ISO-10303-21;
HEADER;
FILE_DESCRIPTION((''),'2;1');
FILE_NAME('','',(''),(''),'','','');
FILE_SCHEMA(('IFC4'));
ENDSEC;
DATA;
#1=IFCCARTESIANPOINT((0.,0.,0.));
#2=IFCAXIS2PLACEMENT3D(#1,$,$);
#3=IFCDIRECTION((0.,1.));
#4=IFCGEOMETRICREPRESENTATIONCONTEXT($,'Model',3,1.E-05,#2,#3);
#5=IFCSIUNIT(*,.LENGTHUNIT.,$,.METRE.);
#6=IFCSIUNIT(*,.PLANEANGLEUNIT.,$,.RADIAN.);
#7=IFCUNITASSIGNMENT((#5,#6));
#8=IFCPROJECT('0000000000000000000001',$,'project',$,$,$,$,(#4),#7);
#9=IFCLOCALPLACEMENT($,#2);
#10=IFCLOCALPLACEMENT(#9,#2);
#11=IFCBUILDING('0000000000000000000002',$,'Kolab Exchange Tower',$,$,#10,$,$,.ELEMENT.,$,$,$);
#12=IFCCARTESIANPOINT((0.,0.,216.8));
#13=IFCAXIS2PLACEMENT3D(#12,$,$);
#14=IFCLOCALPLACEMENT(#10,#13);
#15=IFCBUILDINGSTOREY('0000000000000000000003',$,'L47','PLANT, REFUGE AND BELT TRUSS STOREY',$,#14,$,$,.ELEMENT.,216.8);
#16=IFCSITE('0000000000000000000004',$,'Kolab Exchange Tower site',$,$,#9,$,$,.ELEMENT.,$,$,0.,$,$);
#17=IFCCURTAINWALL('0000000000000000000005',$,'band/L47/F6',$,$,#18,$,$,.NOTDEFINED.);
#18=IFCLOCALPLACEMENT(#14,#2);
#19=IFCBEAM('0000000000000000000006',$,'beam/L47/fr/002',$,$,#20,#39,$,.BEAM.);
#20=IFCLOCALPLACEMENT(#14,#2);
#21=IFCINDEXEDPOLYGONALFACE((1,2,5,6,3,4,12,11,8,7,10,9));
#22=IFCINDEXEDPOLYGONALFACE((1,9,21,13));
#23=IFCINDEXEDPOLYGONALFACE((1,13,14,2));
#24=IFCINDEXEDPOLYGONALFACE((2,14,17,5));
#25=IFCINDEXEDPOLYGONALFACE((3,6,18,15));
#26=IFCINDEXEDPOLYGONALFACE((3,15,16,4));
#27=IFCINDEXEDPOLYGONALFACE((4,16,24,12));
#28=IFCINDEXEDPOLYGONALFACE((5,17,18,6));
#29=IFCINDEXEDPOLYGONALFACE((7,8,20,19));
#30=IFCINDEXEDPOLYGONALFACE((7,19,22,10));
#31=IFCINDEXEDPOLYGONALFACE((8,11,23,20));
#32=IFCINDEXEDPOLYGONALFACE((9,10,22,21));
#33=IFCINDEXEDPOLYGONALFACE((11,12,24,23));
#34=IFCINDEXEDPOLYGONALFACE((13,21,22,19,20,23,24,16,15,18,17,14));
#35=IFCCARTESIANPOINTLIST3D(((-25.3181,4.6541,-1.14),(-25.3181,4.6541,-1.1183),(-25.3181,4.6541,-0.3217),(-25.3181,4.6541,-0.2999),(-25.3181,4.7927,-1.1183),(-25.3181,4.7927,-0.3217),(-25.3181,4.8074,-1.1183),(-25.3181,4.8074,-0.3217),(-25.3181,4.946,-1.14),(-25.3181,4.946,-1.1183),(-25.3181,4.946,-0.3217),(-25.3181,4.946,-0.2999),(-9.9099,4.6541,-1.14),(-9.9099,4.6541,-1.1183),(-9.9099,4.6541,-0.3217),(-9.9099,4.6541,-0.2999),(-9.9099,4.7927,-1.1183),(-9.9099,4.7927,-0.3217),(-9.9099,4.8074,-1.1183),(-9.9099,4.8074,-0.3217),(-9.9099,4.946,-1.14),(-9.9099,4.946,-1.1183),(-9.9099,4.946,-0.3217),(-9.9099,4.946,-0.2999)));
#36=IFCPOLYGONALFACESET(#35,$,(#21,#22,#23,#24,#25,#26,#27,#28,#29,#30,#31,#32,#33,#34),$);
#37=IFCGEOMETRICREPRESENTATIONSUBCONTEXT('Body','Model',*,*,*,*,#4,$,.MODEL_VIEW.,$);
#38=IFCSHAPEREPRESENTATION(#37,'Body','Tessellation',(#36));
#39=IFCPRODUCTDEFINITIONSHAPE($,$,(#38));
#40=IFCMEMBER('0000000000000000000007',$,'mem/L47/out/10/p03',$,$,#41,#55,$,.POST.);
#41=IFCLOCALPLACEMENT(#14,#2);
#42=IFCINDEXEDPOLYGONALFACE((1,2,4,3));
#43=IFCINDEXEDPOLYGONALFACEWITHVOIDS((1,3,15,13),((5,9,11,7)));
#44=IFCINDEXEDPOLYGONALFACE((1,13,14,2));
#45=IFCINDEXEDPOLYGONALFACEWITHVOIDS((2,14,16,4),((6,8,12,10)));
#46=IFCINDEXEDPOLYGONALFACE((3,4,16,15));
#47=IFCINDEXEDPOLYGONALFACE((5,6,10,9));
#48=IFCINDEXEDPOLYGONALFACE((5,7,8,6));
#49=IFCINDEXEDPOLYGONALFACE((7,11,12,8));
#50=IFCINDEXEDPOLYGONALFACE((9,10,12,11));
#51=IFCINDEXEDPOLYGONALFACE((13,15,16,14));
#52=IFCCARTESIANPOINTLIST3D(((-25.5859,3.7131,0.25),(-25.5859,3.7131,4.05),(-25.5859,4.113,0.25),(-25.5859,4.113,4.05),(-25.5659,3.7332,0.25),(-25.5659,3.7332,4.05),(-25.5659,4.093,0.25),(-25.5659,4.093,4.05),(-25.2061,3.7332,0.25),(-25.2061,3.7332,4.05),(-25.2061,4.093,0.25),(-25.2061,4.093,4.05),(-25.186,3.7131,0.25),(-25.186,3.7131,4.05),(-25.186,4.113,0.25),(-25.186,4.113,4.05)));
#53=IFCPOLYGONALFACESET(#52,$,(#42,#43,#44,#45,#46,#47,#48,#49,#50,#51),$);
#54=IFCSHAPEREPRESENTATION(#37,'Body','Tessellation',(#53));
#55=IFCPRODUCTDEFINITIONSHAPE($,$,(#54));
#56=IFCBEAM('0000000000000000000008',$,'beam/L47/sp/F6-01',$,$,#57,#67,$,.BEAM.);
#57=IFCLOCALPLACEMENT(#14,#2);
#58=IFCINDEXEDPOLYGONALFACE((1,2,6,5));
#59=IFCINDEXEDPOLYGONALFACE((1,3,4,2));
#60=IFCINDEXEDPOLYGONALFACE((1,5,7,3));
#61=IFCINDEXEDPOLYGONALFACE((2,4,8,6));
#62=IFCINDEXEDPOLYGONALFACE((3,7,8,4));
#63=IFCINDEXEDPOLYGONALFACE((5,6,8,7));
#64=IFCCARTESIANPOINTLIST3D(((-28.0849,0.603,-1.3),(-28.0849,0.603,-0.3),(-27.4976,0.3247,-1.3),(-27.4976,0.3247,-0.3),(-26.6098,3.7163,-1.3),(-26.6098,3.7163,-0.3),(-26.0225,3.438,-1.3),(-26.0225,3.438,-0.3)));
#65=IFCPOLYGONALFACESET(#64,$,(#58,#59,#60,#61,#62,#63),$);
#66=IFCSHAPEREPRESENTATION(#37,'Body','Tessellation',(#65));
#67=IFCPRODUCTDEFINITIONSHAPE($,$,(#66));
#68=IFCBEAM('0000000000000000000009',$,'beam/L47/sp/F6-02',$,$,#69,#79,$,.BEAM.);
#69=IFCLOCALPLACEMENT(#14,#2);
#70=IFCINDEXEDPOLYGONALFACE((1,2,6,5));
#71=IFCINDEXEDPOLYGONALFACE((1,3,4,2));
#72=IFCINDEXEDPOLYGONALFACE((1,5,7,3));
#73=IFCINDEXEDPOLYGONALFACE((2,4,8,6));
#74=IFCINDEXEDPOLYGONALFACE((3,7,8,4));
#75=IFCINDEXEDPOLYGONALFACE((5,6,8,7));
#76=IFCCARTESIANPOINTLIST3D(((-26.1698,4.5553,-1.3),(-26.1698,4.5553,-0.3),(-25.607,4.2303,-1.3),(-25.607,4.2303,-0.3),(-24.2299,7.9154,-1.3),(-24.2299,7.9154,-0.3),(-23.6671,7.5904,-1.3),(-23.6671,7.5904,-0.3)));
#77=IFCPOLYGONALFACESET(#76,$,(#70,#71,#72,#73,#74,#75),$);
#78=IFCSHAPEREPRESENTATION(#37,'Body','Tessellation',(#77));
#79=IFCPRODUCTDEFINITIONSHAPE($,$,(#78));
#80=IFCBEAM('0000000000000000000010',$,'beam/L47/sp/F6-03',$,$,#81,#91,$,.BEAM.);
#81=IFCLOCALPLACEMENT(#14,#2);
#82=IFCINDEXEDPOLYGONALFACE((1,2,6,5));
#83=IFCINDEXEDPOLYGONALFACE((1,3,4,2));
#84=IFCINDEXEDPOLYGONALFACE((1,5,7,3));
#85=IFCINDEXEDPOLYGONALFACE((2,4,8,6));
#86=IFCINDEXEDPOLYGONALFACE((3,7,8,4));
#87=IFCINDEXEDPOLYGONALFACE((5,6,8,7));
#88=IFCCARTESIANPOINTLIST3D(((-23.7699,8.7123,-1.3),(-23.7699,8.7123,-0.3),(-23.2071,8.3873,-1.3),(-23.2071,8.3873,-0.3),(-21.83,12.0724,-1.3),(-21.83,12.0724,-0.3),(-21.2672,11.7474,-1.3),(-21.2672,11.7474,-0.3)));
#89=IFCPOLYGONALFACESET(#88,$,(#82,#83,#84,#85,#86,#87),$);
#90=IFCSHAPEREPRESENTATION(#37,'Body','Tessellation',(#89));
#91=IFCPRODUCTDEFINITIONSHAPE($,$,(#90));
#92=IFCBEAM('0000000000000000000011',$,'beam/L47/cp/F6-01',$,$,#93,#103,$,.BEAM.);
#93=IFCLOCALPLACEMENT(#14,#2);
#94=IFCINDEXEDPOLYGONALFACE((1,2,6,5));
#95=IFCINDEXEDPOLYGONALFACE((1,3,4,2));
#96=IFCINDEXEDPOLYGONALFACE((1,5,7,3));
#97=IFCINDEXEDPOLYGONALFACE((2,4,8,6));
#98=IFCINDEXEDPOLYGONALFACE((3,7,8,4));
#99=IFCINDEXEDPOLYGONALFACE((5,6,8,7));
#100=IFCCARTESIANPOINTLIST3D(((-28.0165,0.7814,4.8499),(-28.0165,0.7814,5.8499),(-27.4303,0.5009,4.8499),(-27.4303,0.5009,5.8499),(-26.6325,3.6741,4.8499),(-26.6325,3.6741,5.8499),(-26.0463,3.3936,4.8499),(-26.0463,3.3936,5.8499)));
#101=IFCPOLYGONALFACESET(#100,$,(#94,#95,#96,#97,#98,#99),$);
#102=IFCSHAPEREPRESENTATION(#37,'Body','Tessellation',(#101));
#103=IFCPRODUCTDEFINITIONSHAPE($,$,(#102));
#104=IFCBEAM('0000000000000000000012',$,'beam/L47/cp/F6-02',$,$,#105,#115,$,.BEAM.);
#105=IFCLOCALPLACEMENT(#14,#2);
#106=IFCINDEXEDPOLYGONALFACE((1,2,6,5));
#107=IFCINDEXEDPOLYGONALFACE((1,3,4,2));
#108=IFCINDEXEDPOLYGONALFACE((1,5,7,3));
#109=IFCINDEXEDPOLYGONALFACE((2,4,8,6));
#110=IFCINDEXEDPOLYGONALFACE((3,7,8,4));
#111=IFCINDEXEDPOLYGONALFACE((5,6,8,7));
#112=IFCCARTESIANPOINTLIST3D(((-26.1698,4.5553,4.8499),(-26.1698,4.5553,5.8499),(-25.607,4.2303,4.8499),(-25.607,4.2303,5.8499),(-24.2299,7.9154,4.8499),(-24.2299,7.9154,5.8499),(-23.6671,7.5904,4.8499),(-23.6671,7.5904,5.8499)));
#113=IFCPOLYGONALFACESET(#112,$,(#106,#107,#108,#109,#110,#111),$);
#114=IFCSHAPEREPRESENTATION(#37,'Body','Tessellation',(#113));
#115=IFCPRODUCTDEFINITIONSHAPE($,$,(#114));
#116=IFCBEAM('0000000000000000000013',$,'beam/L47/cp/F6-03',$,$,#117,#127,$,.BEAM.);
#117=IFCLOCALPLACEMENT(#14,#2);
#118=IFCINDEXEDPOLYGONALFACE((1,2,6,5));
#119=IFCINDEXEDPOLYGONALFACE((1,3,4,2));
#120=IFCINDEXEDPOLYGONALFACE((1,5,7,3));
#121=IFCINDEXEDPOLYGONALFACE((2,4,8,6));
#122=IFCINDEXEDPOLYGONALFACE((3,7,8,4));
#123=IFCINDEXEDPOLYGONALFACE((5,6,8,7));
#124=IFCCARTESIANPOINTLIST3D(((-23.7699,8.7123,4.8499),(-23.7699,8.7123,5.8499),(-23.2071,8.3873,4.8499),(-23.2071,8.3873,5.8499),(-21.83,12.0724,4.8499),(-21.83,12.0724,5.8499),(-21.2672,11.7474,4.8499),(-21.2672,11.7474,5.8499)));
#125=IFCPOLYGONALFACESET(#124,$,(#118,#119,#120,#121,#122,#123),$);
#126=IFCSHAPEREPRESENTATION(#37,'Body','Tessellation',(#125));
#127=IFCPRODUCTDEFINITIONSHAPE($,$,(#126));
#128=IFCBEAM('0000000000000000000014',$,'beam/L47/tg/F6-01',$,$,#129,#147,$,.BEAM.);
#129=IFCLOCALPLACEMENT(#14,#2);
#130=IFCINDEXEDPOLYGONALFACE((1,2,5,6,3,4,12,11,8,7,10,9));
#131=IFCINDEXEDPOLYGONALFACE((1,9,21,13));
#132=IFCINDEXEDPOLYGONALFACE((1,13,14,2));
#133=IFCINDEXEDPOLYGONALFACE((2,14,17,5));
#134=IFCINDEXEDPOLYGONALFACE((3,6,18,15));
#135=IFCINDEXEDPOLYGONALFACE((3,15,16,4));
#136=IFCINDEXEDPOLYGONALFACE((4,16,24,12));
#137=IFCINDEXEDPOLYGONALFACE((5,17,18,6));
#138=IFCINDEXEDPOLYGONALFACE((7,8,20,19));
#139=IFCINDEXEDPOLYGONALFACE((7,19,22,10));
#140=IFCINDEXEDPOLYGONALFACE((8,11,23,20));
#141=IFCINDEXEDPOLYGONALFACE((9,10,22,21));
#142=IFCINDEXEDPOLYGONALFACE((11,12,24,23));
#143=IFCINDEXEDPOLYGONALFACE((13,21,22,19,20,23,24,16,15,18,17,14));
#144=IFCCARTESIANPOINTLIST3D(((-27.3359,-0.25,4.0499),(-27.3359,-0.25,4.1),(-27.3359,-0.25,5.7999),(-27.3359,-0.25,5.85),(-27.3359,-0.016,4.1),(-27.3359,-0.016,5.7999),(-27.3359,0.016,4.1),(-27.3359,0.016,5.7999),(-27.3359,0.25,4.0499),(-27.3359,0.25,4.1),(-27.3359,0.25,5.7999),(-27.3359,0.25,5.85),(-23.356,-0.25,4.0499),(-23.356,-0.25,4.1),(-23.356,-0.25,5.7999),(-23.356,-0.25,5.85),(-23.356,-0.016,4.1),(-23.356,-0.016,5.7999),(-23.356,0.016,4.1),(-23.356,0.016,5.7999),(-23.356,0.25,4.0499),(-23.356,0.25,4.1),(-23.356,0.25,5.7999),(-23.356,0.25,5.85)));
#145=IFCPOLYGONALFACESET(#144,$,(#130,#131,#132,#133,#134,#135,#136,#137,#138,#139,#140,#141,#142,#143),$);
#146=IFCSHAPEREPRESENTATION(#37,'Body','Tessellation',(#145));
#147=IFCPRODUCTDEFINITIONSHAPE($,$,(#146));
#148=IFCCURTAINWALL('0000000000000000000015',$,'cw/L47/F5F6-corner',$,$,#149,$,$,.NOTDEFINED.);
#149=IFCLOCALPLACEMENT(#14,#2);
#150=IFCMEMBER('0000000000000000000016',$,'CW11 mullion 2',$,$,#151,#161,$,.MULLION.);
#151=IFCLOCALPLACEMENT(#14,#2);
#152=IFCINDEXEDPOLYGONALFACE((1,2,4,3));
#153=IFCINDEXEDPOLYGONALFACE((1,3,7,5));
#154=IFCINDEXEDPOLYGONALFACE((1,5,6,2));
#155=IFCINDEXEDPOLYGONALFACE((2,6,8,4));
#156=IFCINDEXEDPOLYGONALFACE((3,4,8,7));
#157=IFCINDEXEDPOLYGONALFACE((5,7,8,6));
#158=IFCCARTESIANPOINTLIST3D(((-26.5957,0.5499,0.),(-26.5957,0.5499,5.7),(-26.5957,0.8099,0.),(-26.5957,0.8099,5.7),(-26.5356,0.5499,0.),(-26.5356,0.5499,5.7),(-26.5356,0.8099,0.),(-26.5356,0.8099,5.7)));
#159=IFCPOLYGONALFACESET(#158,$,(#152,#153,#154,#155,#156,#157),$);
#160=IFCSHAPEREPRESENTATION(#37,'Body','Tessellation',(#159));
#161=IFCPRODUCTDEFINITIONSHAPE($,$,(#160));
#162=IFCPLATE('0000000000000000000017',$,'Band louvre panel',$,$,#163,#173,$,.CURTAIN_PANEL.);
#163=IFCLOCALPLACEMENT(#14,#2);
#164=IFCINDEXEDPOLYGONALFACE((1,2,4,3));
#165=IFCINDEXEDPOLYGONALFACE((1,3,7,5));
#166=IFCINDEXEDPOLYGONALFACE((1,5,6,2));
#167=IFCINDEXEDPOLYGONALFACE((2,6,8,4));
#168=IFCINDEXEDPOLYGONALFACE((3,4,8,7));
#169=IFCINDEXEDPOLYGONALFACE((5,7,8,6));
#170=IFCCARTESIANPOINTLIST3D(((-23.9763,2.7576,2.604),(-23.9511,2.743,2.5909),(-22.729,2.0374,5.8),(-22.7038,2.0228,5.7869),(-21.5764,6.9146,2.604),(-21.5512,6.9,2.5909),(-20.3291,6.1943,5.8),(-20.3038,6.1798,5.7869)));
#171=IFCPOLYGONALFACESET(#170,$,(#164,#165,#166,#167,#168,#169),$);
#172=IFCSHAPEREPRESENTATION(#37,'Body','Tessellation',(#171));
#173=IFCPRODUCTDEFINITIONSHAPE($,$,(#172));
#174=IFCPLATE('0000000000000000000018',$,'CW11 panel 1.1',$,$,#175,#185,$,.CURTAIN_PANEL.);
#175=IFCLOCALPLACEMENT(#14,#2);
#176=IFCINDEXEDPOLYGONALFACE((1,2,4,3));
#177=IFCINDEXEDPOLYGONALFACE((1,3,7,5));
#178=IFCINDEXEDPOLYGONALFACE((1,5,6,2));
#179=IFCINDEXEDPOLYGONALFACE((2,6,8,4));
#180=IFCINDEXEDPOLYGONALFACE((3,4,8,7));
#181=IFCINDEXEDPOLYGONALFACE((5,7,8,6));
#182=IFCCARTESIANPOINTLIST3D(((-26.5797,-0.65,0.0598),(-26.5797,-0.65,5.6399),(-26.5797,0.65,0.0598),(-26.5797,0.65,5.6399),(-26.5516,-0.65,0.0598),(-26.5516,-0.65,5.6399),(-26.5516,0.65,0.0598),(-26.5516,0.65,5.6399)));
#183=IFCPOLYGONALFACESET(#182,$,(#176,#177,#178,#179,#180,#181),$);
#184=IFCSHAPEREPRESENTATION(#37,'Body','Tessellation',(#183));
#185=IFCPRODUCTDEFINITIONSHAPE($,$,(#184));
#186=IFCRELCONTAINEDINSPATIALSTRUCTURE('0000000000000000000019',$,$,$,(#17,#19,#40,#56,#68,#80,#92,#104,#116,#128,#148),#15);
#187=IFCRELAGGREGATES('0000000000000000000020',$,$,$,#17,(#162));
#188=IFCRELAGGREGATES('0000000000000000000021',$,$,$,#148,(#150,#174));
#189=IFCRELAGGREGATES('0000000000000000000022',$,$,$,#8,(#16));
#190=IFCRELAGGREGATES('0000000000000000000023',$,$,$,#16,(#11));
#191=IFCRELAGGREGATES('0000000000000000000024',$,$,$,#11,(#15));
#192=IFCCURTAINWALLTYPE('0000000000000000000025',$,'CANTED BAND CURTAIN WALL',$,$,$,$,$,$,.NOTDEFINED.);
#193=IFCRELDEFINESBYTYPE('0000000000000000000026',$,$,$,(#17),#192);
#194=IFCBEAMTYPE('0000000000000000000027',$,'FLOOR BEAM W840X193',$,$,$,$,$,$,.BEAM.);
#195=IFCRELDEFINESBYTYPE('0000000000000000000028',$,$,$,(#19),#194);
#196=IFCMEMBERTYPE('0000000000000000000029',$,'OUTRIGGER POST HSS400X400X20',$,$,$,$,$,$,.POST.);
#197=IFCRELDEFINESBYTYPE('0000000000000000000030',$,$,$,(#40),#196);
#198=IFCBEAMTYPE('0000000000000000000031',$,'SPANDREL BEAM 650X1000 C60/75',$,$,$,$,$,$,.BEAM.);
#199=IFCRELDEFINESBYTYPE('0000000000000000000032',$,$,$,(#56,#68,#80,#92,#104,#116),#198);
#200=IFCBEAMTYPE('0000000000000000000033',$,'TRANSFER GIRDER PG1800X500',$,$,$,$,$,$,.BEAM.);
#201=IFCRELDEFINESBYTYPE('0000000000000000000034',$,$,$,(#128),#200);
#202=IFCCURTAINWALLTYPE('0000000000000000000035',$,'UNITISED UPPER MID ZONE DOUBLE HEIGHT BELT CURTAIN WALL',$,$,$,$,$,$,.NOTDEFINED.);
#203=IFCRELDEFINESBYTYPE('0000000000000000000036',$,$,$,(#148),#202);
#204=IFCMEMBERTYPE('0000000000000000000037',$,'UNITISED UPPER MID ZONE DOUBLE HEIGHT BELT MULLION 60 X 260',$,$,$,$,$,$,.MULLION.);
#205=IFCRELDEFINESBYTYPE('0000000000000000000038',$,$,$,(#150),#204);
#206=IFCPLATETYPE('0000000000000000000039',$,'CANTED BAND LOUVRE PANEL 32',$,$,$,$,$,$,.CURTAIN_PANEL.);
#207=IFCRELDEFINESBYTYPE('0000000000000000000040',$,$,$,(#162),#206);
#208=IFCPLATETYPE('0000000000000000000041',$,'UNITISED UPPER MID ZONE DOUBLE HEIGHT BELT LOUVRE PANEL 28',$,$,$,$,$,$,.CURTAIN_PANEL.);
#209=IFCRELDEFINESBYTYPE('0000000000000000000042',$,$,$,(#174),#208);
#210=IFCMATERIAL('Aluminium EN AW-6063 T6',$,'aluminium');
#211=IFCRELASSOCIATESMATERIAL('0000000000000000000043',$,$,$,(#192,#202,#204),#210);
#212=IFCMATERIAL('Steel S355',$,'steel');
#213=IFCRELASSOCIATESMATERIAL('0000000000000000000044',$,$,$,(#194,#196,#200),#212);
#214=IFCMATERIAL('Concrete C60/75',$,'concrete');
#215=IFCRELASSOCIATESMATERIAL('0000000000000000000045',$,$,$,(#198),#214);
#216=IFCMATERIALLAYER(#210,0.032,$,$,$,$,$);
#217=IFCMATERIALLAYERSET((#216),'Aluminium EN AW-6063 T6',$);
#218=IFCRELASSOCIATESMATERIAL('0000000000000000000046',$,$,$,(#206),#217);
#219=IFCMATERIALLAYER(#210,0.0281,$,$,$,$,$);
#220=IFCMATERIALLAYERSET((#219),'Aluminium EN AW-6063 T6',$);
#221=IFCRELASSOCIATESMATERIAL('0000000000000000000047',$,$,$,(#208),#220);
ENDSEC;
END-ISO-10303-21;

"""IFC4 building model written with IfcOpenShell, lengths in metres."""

from ifc_helpers import new_model, si_unit, direction, frame, origin, origin_2d, place, context, subcontext, project, spatial, polyline, rectangle, hollow_rectangle, i_section, outline, extrude, material, layer, layer_set, material_profile, profile_set, type_object, element, aggregate, save


model = new_model("IFC4")

# Units and contexts
model_context = context("Model", 3, precision=1e-05, world=origin(), true_north=direction((0.0, 1.0)))
body_context = subcontext(model_context, "Body", "Model", "MODEL_VIEW")
ifc_project = project(units=[si_unit("LENGTHUNIT", "METRE"), si_unit("PLANEANGLEUNIT", "RADIAN")], contexts=[model_context])

# Site, building, storey
site_placement = place(None, origin())
site = spatial("IfcSite", under=ifc_project, at=site_placement, Name="Kolab Exchange Tower site", CompositionType="ELEMENT", RefElevation=0.0)
building_placement = place(site_placement, origin())
building = spatial("IfcBuilding", under=site, at=building_placement, Name="Kolab Exchange Tower", CompositionType="ELEMENT")
storey_placement = place(building_placement, frame((0.0, 0.0, 216.8)))
storey = spatial("IfcBuildingStorey", under=building, at=storey_placement, Name="L47", Description="PLANT, REFUGE AND BELT TRUSS STOREY", CompositionType="ELEMENT", Elevation=216.8)

# Shared definitions
ifc_material_1 = material(Name="Concrete C60/75", Category="concrete")

# Shared definitions
ifc_material_2 = material(Name="Steel S355", Category="steel")

# Curtain wall
ifc_material_3 = material(Name="Aluminium EN AW-6063 T6", Category="aluminium")
curtain_wall_type_1 = type_object("IfcCurtainWallType", Name="CANTED BAND CURTAIN WALL", PredefinedType="NOTDEFINED", material=ifc_material_3)
curtain_wall_1_placement = place(storey_placement, origin())
curtain_wall_1 = element("IfcCurtainWall", 1, at=curtain_wall_1_placement, inside=storey, type_object=curtain_wall_type_1, Name="band/L47/F6", PredefinedType="NOTDEFINED")

# Beam
ifc_material_profile_1 = material_profile(ifc_material_2, i_section(OverallWidth=0.292, OverallDepth=0.8401, WebThickness=0.0146, FlangeThickness=0.0217, at=origin_2d()), Name="W840X193")
ifc_profile_set_1 = profile_set([ifc_material_profile_1], Name="Steel S355")
beam_type_1 = type_object("IfcBeamType", Name="FLOOR BEAM W840X193", PredefinedType="BEAM", material=ifc_profile_set_1)
beam_1_placement = place(storey_placement, frame((-25.3181, 4.8, -0.72), z_axis=(1.0, 0.0, 0.0), x_axis=(0.0, 1.0, 0.0)))
element("IfcBeam", 2, at=beam_1_placement, inside=storey, type_object=beam_type_1, Name="beam/L47/fr/002", PredefinedType="BEAM", context=body_context, shape_type="SweptSolid", body=[
    extrude(i_section(OverallWidth=0.292, OverallDepth=0.8401, WebThickness=0.0146, FlangeThickness=0.0217, at=origin_2d()), origin(), (0.0, 0.0, 1.0), 15.4082),
])

# Member
ifc_material_profile_2 = material_profile(ifc_material_2, hollow_rectangle(XDim=0.3999, YDim=0.3999, WallThickness=0.02, at=origin_2d()), Name="HSS400X400X20")
ifc_profile_set_2 = profile_set([ifc_material_profile_2], Name="Steel S355")
member_type_1 = type_object("IfcMemberType", Name="OUTRIGGER POST HSS400X400X20", PredefinedType="POST", material=ifc_profile_set_2)
member_1_placement = place(storey_placement, frame((-25.386, 3.9131, 0.25), z_axis=(0.0, 0.0, 1.0), x_axis=(1.0, 0.0, 0.0)))
element("IfcMember", 3, at=member_1_placement, inside=storey, type_object=member_type_1, Name="mem/L47/out/10/p03", PredefinedType="POST", context=body_context, shape_type="SweptSolid", body=[
    extrude(hollow_rectangle(XDim=0.3999, YDim=0.3999, WallThickness=0.02, at=origin_2d()), origin(), (0.0, 0.0, 1.0), 3.8),
])

# Beams
ifc_material_profile_3 = material_profile(ifc_material_1, rectangle(XDim=0.6499, YDim=1.0, at=origin_2d()), Name="RC650X1000")
ifc_profile_set_3 = profile_set([ifc_material_profile_3], Name="Concrete C60/75")
beam_type_2 = type_object("IfcBeamType", Name="SPANDREL BEAM 650X1000 C60/75", PredefinedType="BEAM", material=ifc_profile_set_3)
beam_2_placement = place(storey_placement, frame((-27.7913, 0.4639, -0.8), z_axis=(0.428178, 0.903695, 0.0), x_axis=(-0.903695, 0.428178, 0.0)))
element("IfcBeam", 4, at=beam_2_placement, inside=storey, type_object=beam_type_2, Name="beam/L47/sp/F6-01", PredefinedType="BEAM", context=body_context, shape_type="SweptSolid", body=[
    extrude(rectangle(XDim=0.6499, YDim=1.0, at=origin_2d()), origin(), (0.0, 0.0, 1.0), 3.4451),
])
for number, where, z_axis, x_axis, name in (
    (5, (-25.8884, 4.3928, -0.8), (0.499997, 0.866027, 0.0), (-0.866027, 0.499997, 0.0), "beam/L47/sp/F6-02"),
    (6, (-23.4885, 8.5498, -0.8), (0.499997, 0.866027, 0.0), (-0.866027, 0.499997, 0.0), "beam/L47/sp/F6-03"),
):
    element("IfcBeam", number, at=place(storey_placement, frame(where, z_axis=z_axis, x_axis=x_axis)), inside=storey, type_object=beam_type_2, Name=name, PredefinedType="BEAM", context=body_context, shape_type="SweptSolid", body=[
        extrude(rectangle(XDim=0.6499, YDim=1.0, at=origin_2d()), origin(), (0.0, 0.0, 1.0), 3.8799),
    ])
beam_3_placement = place(storey_placement, frame((-27.7234, 0.6411, 5.3499), z_axis=(0.431585, 0.902072, 0.0), x_axis=(-0.902072, 0.431585, 0.0)))
element("IfcBeam", 7, at=beam_3_placement, inside=storey, type_object=beam_type_2, Name="beam/L47/cp/F6-01", PredefinedType="BEAM", context=body_context, shape_type="SweptSolid", body=[
    extrude(rectangle(XDim=0.6499, YDim=1.0, at=origin_2d()), origin(), (0.0, 0.0, 1.0), 3.2068),
])
for number, where, z_axis, x_axis, name in (
    (8, (-25.8884, 4.3928, 5.3499), (0.499997, 0.866027, 0.0), (-0.866027, 0.499997, 0.0), "beam/L47/cp/F6-02"),
    (9, (-23.4885, 8.5498, 5.3499), (0.499997, 0.866027, 0.0), (-0.866027, 0.499997, 0.0), "beam/L47/cp/F6-03"),
):
    element("IfcBeam", number, at=place(storey_placement, frame(where, z_axis=z_axis, x_axis=x_axis)), inside=storey, type_object=beam_type_2, Name=name, PredefinedType="BEAM", context=body_context, shape_type="SweptSolid", body=[
        extrude(rectangle(XDim=0.6499, YDim=1.0, at=origin_2d()), origin(), (0.0, 0.0, 1.0), 3.8799),
    ])
ifc_material_profile_4 = material_profile(ifc_material_2, i_section(OverallWidth=0.5, OverallDepth=1.8, WebThickness=0.032, FlangeThickness=0.05, at=origin_2d()), Name="PG1800X500")
ifc_profile_set_4 = profile_set([ifc_material_profile_4], Name="Steel S355")
beam_type_3 = type_object("IfcBeamType", Name="TRANSFER GIRDER PG1800X500", PredefinedType="BEAM", material=ifc_profile_set_4)
beam_4_placement = place(storey_placement, frame((-23.356, 0.0, 4.95), z_axis=(-1.0, 0.0, 0.0), x_axis=(0.0, -1.0, 0.0)))
element("IfcBeam", 10, at=beam_4_placement, inside=storey, type_object=beam_type_3, Name="beam/L47/tg/F6-01", PredefinedType="BEAM", context=body_context, shape_type="SweptSolid", body=[
    extrude(i_section(OverallWidth=0.5, OverallDepth=1.8, WebThickness=0.032, FlangeThickness=0.05, at=origin_2d()), origin(), (0.0, 0.0, 1.0), 3.98),
])

# Curtain wall, member
curtain_wall_type_2 = type_object("IfcCurtainWallType", Name="UNITISED UPPER MID ZONE DOUBLE HEIGHT BELT CURTAIN WALL", PredefinedType="NOTDEFINED", material=ifc_material_3)
curtain_wall_2_placement = place(storey_placement, origin())
curtain_wall_2 = element("IfcCurtainWall", 11, at=curtain_wall_2_placement, inside=storey, type_object=curtain_wall_type_2, Name="cw/L47/F5F6-corner", PredefinedType="NOTDEFINED")
ifc_material_profile_5 = material_profile(ifc_material_3, rectangle(XDim=0.0601, YDim=0.26, at=origin_2d()), Name="RECT 60X260")
ifc_profile_set_5 = profile_set([ifc_material_profile_5], Name="Aluminium EN AW-6063 T6")
member_type_2 = type_object("IfcMemberType", Name="UNITISED UPPER MID ZONE DOUBLE HEIGHT BELT MULLION 60 X 260", PredefinedType="MULLION", material=ifc_profile_set_5)
member_2_placement = place(storey_placement, frame((-26.5657, 0.6799, 0.0), z_axis=(0.0, 0.0, 1.0), x_axis=(-1.0, 0.0, 0.0)))
member_2 = element("IfcMember", 12, at=member_2_placement, type_object=member_type_2, Name="CW11 mullion 2", PredefinedType="MULLION", context=body_context, shape_type="SweptSolid", body=[
    extrude(rectangle(XDim=0.0601, YDim=0.26, at=origin_2d()), origin(), (0.0, 0.0, 1.0), 5.7),
])

# Plates
ifc_layer_1 = layer(ifc_material_3, 0.032)
ifc_layer_set_1 = layer_set([ifc_layer_1], Name="Aluminium EN AW-6063 T6")
plate_type_1 = type_object("IfcPlateType", Name="CANTED BAND LOUVRE PANEL 32", PredefinedType="CURTAIN_PANEL", material=ifc_layer_set_1)
plate_1_placement = place(storey_placement, frame((-23.9763, 2.7576, 2.604), z_axis=(-0.789564, 0.45583, 0.410861), x_axis=(0.499979, 0.866037, 0.0)))
plate_1 = element("IfcPlate", 13, at=plate_1_placement, type_object=plate_type_1, Name="Band louvre panel", PredefinedType="CURTAIN_PANEL", context=body_context, shape_type="SweptSolid", body=[
    extrude(outline(polyline([(0.0, 0.0), (4.8, 0.0), (4.7999, -3.5056), (-0.0001, -3.5056), (0.0, 0.0)])), origin(), (0.0, 0.0, -1.0), 0.032),
])
aggregate(curtain_wall_1, [plate_1])
ifc_layer_2 = layer(ifc_material_3, 0.0281)
ifc_layer_set_2 = layer_set([ifc_layer_2], Name="Aluminium EN AW-6063 T6")
plate_type_2 = type_object("IfcPlateType", Name="UNITISED UPPER MID ZONE DOUBLE HEIGHT BELT LOUVRE PANEL 28", PredefinedType="CURTAIN_PANEL", material=ifc_layer_set_2)
plate_2_placement = place(storey_placement, frame((-26.5657, 0.0, 0.0598), z_axis=(0.0, 0.0, 1.0), x_axis=(0.0, 1.0, 0.0)))
plate_2 = element("IfcPlate", 14, at=plate_2_placement, type_object=plate_type_2, Name="CW11 panel 1.1", PredefinedType="CURTAIN_PANEL", context=body_context, shape_type="SweptSolid", body=[
    extrude(rectangle(XDim=1.3, YDim=0.0281, at=origin_2d()), origin(), (0.0, 0.0, 1.0), 5.5801),
])
aggregate(curtain_wall_2, [member_2, plate_2])

save(model, "model.ifc")
